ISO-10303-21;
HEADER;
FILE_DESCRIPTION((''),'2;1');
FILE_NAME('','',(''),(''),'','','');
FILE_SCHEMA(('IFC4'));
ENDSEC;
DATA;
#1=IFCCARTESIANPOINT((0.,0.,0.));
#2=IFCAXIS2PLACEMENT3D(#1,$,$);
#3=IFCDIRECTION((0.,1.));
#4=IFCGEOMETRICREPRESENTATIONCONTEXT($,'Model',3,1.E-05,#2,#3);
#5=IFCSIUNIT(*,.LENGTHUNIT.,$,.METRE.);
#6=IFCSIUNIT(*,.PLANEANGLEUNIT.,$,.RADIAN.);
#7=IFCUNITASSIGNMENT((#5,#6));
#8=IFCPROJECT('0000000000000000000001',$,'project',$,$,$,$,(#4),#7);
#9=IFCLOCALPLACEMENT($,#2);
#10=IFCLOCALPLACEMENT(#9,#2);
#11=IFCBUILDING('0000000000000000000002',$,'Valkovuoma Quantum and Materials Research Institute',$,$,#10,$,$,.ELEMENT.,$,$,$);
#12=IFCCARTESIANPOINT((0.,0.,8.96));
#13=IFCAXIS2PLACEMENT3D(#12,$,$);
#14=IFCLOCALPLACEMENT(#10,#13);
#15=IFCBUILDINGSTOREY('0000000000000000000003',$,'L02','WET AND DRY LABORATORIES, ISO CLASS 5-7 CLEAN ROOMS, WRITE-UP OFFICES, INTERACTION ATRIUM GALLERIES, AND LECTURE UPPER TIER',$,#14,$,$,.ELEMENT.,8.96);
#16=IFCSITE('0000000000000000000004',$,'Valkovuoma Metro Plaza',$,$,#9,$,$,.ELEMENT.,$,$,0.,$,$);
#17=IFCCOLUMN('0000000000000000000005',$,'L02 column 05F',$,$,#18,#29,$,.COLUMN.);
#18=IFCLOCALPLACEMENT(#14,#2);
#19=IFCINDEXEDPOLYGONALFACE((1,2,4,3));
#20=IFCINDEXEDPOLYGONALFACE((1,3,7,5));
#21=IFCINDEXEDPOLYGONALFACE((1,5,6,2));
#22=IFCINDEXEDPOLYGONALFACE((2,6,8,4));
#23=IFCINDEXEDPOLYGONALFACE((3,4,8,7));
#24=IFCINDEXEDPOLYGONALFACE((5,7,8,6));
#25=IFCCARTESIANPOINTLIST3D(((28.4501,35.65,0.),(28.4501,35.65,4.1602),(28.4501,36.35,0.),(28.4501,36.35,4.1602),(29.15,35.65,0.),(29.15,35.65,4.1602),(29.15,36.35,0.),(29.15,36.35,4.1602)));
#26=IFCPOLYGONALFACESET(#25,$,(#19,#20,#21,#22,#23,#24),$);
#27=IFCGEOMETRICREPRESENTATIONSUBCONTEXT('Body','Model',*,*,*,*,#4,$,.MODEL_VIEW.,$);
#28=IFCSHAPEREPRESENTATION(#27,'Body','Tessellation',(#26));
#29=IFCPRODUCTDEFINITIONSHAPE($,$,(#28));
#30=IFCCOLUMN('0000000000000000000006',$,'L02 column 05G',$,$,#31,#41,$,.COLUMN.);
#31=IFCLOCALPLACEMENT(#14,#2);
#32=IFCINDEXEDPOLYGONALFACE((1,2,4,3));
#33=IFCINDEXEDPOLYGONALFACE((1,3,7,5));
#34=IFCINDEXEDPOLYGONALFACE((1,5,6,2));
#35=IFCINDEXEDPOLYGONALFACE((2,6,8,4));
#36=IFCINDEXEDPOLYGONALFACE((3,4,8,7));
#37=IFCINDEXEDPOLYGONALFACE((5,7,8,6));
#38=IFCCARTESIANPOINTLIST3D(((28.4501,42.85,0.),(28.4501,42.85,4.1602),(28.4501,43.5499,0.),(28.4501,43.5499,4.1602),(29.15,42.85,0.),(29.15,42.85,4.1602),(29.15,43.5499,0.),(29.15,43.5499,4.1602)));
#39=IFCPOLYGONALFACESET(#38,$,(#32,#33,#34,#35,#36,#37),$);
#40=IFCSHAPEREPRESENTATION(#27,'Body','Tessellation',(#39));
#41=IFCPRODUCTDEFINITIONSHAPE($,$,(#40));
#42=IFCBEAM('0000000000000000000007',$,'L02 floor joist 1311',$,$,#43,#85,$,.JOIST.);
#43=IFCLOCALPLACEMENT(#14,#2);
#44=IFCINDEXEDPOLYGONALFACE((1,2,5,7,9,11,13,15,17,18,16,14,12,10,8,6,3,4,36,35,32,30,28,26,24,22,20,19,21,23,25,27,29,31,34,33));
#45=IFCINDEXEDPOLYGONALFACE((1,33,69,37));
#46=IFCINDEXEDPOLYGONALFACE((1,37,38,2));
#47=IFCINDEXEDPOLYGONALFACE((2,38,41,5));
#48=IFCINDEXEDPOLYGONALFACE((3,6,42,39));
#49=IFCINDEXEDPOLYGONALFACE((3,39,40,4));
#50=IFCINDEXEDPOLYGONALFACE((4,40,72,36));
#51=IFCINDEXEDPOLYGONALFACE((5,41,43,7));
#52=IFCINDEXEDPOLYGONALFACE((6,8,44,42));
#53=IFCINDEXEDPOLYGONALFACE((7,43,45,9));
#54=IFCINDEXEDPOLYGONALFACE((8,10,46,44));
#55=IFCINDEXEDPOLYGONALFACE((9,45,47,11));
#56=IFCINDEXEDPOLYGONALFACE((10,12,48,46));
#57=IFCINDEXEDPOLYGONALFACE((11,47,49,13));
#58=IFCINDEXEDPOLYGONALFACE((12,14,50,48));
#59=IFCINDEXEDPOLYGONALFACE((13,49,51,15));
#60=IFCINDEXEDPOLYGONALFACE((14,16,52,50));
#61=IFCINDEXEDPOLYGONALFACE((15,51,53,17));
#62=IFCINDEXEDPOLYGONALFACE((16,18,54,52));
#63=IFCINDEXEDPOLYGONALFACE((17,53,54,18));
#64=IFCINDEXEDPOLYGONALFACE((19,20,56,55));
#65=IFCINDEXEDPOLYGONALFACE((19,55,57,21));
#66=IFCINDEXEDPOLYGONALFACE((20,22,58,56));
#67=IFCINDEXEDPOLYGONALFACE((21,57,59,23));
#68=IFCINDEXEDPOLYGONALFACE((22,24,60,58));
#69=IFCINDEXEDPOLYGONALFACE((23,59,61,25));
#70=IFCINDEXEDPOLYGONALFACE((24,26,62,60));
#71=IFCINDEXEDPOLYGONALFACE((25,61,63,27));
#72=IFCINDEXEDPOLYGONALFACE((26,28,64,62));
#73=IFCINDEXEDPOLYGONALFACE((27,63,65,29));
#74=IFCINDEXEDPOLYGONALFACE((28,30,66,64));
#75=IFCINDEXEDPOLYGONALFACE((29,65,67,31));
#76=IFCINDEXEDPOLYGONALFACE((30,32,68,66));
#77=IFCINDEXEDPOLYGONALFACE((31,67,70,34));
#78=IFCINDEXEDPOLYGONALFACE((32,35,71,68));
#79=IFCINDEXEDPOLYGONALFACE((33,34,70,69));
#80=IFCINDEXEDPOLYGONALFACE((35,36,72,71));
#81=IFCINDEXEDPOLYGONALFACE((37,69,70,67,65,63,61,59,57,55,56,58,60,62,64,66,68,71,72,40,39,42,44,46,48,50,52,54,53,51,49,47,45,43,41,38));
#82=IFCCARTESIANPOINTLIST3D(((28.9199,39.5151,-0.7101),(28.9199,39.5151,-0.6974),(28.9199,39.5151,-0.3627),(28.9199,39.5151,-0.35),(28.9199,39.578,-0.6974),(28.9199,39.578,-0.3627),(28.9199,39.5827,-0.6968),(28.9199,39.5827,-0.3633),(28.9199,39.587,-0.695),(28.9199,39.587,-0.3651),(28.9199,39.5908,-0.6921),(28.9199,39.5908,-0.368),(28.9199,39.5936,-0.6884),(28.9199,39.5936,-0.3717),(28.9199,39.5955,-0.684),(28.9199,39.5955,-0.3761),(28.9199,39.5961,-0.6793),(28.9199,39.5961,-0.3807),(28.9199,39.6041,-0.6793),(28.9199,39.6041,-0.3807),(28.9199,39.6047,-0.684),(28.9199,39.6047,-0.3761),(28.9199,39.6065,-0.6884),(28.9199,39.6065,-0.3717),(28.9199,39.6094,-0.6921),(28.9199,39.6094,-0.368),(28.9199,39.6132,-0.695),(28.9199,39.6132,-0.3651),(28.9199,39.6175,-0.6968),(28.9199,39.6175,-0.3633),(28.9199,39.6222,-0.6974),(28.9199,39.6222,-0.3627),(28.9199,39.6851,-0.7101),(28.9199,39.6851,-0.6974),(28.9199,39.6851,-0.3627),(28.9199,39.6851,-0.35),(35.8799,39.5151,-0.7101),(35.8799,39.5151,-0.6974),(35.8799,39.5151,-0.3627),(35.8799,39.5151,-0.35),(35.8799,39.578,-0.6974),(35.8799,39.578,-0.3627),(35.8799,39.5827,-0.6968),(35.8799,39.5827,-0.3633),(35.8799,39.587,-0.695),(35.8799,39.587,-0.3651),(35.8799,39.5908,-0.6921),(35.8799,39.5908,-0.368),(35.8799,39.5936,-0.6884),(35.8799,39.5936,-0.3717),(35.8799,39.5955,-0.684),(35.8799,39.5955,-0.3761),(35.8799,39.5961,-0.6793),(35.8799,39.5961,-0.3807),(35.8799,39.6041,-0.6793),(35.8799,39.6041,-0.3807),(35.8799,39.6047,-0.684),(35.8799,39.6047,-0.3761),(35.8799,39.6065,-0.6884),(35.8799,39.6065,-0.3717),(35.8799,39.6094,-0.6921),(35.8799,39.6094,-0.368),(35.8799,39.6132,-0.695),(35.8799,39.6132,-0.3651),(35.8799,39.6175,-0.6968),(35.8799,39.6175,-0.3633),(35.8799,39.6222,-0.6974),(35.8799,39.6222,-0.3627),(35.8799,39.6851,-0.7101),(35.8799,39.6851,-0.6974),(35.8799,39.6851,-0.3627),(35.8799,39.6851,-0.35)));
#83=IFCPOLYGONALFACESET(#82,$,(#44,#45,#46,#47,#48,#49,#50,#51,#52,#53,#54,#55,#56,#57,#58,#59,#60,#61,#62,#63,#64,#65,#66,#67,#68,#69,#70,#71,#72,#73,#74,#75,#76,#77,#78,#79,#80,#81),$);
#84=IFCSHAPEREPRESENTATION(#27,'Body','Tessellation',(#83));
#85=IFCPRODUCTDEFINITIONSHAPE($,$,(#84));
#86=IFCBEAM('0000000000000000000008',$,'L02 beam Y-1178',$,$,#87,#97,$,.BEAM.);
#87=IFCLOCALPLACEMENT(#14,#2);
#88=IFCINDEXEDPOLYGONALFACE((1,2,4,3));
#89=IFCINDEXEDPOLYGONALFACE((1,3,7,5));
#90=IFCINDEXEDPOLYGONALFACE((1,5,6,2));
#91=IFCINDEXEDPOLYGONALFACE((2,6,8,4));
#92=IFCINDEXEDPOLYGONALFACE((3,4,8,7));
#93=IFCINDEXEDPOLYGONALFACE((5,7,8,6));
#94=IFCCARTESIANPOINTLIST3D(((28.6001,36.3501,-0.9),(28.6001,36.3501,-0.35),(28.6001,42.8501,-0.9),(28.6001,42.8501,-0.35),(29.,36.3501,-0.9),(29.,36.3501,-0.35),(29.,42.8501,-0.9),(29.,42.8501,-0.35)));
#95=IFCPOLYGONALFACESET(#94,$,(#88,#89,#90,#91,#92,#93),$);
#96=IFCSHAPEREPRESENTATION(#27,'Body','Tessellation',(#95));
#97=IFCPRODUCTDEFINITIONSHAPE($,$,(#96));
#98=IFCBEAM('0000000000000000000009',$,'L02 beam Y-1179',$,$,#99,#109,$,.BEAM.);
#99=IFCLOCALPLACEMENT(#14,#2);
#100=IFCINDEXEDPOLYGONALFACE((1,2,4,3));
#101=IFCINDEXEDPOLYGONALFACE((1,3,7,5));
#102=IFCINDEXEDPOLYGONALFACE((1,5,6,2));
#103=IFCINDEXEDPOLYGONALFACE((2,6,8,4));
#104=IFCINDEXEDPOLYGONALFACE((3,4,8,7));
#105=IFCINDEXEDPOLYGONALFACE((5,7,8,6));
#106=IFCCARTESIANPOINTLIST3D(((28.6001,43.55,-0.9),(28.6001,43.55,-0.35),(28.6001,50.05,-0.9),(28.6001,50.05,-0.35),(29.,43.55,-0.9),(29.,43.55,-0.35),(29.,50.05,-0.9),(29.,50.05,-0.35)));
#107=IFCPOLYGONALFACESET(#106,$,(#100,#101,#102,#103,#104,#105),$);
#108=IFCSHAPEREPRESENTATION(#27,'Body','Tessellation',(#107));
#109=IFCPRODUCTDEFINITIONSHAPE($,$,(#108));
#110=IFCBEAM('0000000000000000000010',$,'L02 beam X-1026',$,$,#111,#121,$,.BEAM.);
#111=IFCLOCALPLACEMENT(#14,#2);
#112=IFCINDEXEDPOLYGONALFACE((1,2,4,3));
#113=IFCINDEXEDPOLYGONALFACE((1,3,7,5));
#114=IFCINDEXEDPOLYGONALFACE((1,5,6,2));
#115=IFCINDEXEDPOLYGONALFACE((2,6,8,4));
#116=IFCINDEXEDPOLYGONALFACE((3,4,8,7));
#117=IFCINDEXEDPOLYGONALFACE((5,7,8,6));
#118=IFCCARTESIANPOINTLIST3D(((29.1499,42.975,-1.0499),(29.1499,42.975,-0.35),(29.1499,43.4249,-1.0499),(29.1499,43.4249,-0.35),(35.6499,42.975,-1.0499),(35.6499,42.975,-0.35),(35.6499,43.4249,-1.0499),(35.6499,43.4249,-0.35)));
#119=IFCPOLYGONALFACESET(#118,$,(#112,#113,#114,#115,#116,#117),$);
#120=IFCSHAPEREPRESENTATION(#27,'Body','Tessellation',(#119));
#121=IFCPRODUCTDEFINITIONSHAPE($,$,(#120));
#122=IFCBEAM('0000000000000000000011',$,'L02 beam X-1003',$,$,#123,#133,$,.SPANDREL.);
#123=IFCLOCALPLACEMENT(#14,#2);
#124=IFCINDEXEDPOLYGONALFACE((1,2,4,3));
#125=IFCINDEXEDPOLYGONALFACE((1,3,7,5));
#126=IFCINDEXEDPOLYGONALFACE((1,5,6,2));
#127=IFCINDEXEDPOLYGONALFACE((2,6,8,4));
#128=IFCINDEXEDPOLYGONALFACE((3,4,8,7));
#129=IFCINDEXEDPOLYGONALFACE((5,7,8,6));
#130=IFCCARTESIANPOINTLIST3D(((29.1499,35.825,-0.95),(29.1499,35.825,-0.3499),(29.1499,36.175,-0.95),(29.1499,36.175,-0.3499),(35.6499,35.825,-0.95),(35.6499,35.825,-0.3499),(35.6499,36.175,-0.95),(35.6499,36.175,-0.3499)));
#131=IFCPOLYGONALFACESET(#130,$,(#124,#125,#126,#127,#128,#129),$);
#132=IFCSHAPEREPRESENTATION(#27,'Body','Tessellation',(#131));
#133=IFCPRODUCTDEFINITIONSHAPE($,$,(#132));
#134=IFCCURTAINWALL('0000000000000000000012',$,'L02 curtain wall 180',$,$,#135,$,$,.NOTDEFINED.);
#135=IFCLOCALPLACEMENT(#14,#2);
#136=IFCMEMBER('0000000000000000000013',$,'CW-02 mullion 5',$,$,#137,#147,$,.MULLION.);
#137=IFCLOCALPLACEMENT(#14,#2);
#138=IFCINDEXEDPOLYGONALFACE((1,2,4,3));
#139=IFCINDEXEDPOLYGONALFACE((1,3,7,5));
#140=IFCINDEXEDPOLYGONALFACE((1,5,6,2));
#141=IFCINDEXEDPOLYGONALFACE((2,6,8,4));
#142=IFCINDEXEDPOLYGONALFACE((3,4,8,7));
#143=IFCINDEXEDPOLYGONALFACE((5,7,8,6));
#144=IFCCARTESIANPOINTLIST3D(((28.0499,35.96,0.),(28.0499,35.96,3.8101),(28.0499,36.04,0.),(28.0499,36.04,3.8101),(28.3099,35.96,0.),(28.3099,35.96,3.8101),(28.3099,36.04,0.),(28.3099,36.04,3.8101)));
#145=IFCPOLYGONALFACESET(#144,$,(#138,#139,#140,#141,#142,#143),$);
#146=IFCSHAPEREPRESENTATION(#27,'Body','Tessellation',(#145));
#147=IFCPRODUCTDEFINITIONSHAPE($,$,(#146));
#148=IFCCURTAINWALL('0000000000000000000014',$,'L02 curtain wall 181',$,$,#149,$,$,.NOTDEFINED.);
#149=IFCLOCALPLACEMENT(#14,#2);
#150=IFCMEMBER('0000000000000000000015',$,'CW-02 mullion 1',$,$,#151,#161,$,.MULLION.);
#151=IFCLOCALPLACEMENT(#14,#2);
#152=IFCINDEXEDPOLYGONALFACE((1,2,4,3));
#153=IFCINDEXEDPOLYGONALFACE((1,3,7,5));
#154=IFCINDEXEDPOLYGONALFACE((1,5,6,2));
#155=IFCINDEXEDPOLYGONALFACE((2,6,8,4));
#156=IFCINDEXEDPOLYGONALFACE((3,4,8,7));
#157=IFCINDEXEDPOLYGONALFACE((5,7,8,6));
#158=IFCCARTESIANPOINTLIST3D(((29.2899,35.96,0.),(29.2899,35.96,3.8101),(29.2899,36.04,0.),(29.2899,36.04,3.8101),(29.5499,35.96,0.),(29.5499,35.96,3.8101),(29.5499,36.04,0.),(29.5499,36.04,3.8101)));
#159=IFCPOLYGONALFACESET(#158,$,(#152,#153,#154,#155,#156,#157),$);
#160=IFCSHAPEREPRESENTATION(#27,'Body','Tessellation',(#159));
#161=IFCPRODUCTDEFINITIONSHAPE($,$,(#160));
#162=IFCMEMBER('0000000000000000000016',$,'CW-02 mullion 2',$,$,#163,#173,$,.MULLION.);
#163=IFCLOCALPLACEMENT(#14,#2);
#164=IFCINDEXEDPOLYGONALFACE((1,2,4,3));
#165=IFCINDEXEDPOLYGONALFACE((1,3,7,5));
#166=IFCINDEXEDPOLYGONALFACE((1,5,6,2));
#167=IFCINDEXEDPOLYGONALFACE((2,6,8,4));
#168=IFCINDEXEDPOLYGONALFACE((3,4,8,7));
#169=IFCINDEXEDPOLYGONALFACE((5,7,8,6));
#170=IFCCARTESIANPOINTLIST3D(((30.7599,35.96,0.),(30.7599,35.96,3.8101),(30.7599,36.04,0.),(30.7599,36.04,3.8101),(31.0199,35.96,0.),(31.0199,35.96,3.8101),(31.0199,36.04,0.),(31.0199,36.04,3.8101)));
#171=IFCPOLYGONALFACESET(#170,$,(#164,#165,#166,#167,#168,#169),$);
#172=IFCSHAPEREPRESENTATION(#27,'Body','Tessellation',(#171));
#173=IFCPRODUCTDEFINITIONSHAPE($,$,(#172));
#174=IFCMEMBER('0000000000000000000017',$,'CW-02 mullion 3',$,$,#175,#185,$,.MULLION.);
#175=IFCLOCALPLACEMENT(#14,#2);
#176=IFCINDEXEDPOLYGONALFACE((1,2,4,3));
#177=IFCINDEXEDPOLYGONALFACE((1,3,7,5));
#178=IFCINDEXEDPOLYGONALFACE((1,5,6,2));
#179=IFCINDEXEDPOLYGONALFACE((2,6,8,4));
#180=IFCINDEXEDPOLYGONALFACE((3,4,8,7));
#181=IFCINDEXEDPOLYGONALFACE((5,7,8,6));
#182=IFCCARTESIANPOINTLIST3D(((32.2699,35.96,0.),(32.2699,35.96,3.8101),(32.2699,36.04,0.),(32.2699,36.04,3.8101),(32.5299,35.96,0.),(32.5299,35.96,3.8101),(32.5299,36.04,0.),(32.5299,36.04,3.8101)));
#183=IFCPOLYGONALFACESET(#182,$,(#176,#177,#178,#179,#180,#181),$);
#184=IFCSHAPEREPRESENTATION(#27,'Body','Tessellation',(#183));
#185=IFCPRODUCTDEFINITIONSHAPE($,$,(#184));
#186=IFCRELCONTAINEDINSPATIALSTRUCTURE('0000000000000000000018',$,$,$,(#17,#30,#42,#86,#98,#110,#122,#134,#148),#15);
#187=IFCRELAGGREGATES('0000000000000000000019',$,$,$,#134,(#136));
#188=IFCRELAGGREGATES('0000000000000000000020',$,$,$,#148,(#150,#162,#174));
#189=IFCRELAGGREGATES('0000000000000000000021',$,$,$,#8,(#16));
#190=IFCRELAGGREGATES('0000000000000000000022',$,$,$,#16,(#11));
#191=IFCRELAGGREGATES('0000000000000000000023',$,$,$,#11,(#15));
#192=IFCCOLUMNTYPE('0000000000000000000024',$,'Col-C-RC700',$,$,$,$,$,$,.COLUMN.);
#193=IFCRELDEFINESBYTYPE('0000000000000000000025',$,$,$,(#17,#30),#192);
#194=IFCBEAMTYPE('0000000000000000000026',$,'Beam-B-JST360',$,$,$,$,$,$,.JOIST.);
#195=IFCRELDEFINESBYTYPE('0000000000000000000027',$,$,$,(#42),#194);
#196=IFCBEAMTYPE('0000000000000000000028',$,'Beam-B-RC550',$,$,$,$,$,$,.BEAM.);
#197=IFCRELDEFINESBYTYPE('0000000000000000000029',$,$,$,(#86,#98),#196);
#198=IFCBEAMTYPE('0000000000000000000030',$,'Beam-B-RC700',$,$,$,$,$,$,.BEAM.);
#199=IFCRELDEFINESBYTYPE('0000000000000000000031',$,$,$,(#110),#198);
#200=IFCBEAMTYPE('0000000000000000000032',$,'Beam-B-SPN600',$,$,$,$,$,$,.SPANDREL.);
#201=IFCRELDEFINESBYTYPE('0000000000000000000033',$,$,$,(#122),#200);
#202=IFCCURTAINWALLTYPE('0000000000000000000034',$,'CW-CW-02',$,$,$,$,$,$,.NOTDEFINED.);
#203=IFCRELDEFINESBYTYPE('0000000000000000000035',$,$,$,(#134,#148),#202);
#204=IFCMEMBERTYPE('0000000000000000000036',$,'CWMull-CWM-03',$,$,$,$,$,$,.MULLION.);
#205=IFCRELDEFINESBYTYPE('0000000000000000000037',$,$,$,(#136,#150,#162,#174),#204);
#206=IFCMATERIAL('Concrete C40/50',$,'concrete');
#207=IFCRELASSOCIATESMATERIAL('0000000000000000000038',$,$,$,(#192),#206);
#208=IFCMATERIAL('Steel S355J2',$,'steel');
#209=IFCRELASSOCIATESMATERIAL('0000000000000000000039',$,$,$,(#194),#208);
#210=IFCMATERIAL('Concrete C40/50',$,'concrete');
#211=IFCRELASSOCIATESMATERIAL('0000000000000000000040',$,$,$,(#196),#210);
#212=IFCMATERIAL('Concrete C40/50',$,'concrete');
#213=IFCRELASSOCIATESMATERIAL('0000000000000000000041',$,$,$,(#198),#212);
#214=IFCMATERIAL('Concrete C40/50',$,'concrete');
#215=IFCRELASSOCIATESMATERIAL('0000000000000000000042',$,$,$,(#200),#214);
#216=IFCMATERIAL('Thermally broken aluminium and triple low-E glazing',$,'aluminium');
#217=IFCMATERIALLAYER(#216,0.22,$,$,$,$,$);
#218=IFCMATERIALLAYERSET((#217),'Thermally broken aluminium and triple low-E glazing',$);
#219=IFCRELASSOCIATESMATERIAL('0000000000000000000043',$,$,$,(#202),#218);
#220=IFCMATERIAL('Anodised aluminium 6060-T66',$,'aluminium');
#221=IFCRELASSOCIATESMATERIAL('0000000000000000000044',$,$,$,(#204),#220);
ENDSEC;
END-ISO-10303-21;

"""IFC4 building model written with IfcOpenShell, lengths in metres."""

from ifc_helpers import new_model, si_unit, direction, frame, origin, origin_2d, place, context, subcontext, project, spatial, rectangle, i_section, extrude, material, layer, layer_set, material_profile, profile_set, type_object, element, aggregate, save


model = new_model("IFC4")

# Units and contexts
model_context = context("Model", 3, precision=1e-05, world=origin(), true_north=direction((0.0, 1.0)))
body_context = subcontext(model_context, "Body", "Model", "MODEL_VIEW")
ifc_project = project(units=[si_unit("LENGTHUNIT", "METRE"), si_unit("PLANEANGLEUNIT", "RADIAN")], contexts=[model_context])

# Site, building, storey
site_placement = place(None, origin())
site = spatial("IfcSite", under=ifc_project, at=site_placement, Name="Valkovuoma Metro Plaza", CompositionType="ELEMENT", RefElevation=0.0)
building_placement = place(site_placement, origin())
building = spatial("IfcBuilding", under=site, at=building_placement, Name="Valkovuoma Quantum and Materials Research Institute", CompositionType="ELEMENT")
storey_placement = place(building_placement, frame((0.0, 0.0, 8.96)))
storey = spatial("IfcBuildingStorey", under=building, at=storey_placement, Name="L02", Description="WET AND DRY LABORATORIES, ISO CLASS 5-7 CLEAN ROOMS, WRITE-UP OFFICES, INTERACTION ATRIUM GALLERIES, AND LECTURE UPPER TIER", CompositionType="ELEMENT", Elevation=8.96)

# Columns
ifc_material_1 = material(Name="Concrete C40/50", Category="concrete")
ifc_material_profile_1 = material_profile(ifc_material_1, rectangle(XDim=0.7, YDim=0.7, at=origin_2d()), Name="Concrete C40/50")
ifc_profile_set_1 = profile_set([ifc_material_profile_1], Name="Concrete C40/50")
column_type = type_object("IfcColumnType", Name="Col-C-RC700", PredefinedType="COLUMN", material=ifc_profile_set_1)
for number, where, z_axis, x_axis, name in (
    (1, (28.8, 36.0, 0.0), (0.0, 0.0, 1.0), (1.0, 0.0, 0.0), "L02 column 05F"),
    (2, (28.8, 43.2, 0.0), (0.0, 0.0, 1.0), (1.0, 0.0, 0.0), "L02 column 05G"),
):
    element("IfcColumn", number, at=place(storey_placement, frame(where, z_axis=z_axis, x_axis=x_axis)), inside=storey, type_object=column_type, Name=name, PredefinedType="COLUMN", context=body_context, shape_type="SweptSolid", body=[
        extrude(rectangle(XDim=0.7, YDim=0.7, at=origin_2d()), origin(), (0.0, 0.0, 1.0), 4.1602),
    ])

# Beams
ifc_material_2 = material(Name="Steel S355J2", Category="steel")
ifc_material_profile_2 = material_profile(ifc_material_2, i_section(OverallWidth=0.1699, OverallDepth=0.3601, WebThickness=0.0081, FlangeThickness=0.0127, FilletRadius=0.0181, at=origin_2d()), Name="Steel S355J2")
ifc_profile_set_2 = profile_set([ifc_material_profile_2], Name="Steel S355J2")
beam_type_1 = type_object("IfcBeamType", Name="Beam-B-JST360", PredefinedType="JOIST", material=ifc_profile_set_2)
beam_1_placement = place(storey_placement, frame((28.9199, 39.6001, -0.53), z_axis=(1.0, 0.0, 0.0), x_axis=(0.0, 1.0, 0.0)))
element("IfcBeam", 3, at=beam_1_placement, inside=storey, type_object=beam_type_1, Name="L02 floor joist 1311", PredefinedType="JOIST", context=body_context, shape_type="SweptSolid", body=[
    extrude(i_section(OverallWidth=0.1699, OverallDepth=0.3601, WebThickness=0.0081, FlangeThickness=0.0127, FilletRadius=0.0181, at=origin_2d()), origin(), (0.0, 0.0, 1.0), 6.96),
])
ifc_material_3 = material(Name="Concrete C40/50", Category="concrete")
ifc_material_profile_3 = material_profile(ifc_material_3, rectangle(XDim=0.3999, YDim=0.55, at=origin_2d()), Name="Concrete C40/50")
ifc_profile_set_3 = profile_set([ifc_material_profile_3], Name="Concrete C40/50")
beam_type_2 = type_object("IfcBeamType", Name="Beam-B-RC550", PredefinedType="BEAM", material=ifc_profile_set_3)
for number, where, z_axis, x_axis, name in (
    (4, (28.8, 36.3501, -0.625), (0.0, 1.0, 0.0), (-1.0, 0.0, 0.0), "L02 beam Y-1178"),
    (5, (28.8, 43.55, -0.625), (0.0, 1.0, 0.0), (-1.0, 0.0, 0.0), "L02 beam Y-1179"),
):
    element("IfcBeam", number, at=place(storey_placement, frame(where, z_axis=z_axis, x_axis=x_axis)), inside=storey, type_object=beam_type_2, Name=name, PredefinedType="BEAM", context=body_context, shape_type="SweptSolid", body=[
        extrude(rectangle(XDim=0.3999, YDim=0.55, at=origin_2d()), origin(), (0.0, 0.0, 1.0), 6.5),
    ])
ifc_material_4 = material(Name="Concrete C40/50", Category="concrete")
ifc_material_profile_4 = material_profile(ifc_material_4, rectangle(XDim=0.45, YDim=0.7, at=origin_2d()), Name="Concrete C40/50")
ifc_profile_set_4 = profile_set([ifc_material_profile_4], Name="Concrete C40/50")
beam_type_3 = type_object("IfcBeamType", Name="Beam-B-RC700", PredefinedType="BEAM", material=ifc_profile_set_4)
beam_2_placement = place(storey_placement, frame((29.1499, 43.2, -0.7), z_axis=(1.0, 0.0, 0.0), x_axis=(0.0, 1.0, 0.0)))
element("IfcBeam", 6, at=beam_2_placement, inside=storey, type_object=beam_type_3, Name="L02 beam X-1026", PredefinedType="BEAM", context=body_context, shape_type="SweptSolid", body=[
    extrude(rectangle(XDim=0.45, YDim=0.7, at=origin_2d()), origin(), (0.0, 0.0, 1.0), 6.5),
])
ifc_material_5 = material(Name="Concrete C40/50", Category="concrete")
ifc_material_profile_5 = material_profile(ifc_material_5, rectangle(XDim=0.3501, YDim=0.6001, at=origin_2d()), Name="Concrete C40/50")
ifc_profile_set_5 = profile_set([ifc_material_profile_5], Name="Concrete C40/50")
beam_type_4 = type_object("IfcBeamType", Name="Beam-B-SPN600", PredefinedType="SPANDREL", material=ifc_profile_set_5)
beam_3_placement = place(storey_placement, frame((29.1499, 36.0, -0.6499), z_axis=(1.0, 0.0, 0.0), x_axis=(0.0, 1.0, 0.0)))
element("IfcBeam", 7, at=beam_3_placement, inside=storey, type_object=beam_type_4, Name="L02 beam X-1003", PredefinedType="SPANDREL", context=body_context, shape_type="SweptSolid", body=[
    extrude(rectangle(XDim=0.3501, YDim=0.6001, at=origin_2d()), origin(), (0.0, 0.0, 1.0), 6.5),
])

# Curtain wall, member
ifc_material_6 = material(Name="Thermally broken aluminium and triple low-E glazing", Category="aluminium")
ifc_layer_1 = layer(ifc_material_6, 0.22)
ifc_layer_set_1 = layer_set([ifc_layer_1], Name="Thermally broken aluminium and triple low-E glazing")
curtain_wall_type = type_object("IfcCurtainWallType", Name="CW-CW-02", PredefinedType="NOTDEFINED", material=ifc_layer_set_1)
curtain_wall_1_placement = place(storey_placement, origin())
curtain_wall_1 = element("IfcCurtainWall", 8, at=curtain_wall_1_placement, inside=storey, type_object=curtain_wall_type, Name="L02 curtain wall 180", PredefinedType="NOTDEFINED")
ifc_material_7 = material(Name="Anodised aluminium 6060-T66", Category="aluminium")
ifc_material_profile_6 = material_profile(ifc_material_7, rectangle(XDim=0.0801, YDim=0.26, at=origin_2d()), Name="Anodised aluminium 6060-T66")
ifc_profile_set_6 = profile_set([ifc_material_profile_6], Name="Anodised aluminium 6060-T66")
member_type_1 = type_object("IfcMemberType", Name="CWMull-CWM-03", PredefinedType="MULLION", material=ifc_profile_set_6)
member_1_placement = place(storey_placement, frame((28.1799, 36.0, 0.0), z_axis=(0.0, 0.0, 1.0), x_axis=(0.0, 1.0, 0.0)))
member_1 = element("IfcMember", 9, at=member_1_placement, type_object=member_type_1, Name="CW-02 mullion 5", PredefinedType="MULLION", context=body_context, shape_type="SweptSolid", body=[
    extrude(rectangle(XDim=0.0801, YDim=0.26, at=origin_2d()), origin(), (0.0, 0.0, 1.0), 3.8101),
])

# Curtain wall, members
curtain_wall_2_placement = place(storey_placement, origin())
curtain_wall_2 = element("IfcCurtainWall", 10, at=curtain_wall_2_placement, inside=storey, type_object=curtain_wall_type, Name="L02 curtain wall 181", PredefinedType="NOTDEFINED")
member_2_placement = place(storey_placement, frame((29.4199, 36.0, 0.0), z_axis=(0.0, 0.0, 1.0), x_axis=(0.0, 1.0, 0.0)))
member_2 = element("IfcMember", 11, at=member_2_placement, type_object=member_type_1, Name="CW-02 mullion 1", PredefinedType="MULLION", context=body_context, shape_type="SweptSolid", body=[
    extrude(rectangle(XDim=0.0801, YDim=0.26, at=origin_2d()), origin(), (0.0, 0.0, 1.0), 3.8101),
])
member_3_placement = place(storey_placement, frame((30.8899, 36.0, 0.0), z_axis=(0.0, 0.0, 1.0), x_axis=(0.0, 1.0, 0.0)))
member_3 = element("IfcMember", 12, at=member_3_placement, type_object=member_type_1, Name="CW-02 mullion 2", PredefinedType="MULLION", context=body_context, shape_type="SweptSolid", body=[
    extrude(rectangle(XDim=0.0801, YDim=0.26, at=origin_2d()), origin(), (0.0, 0.0, 1.0), 3.8101),
])
member_4_placement = place(storey_placement, frame((32.3999, 36.0, 0.0), z_axis=(0.0, 0.0, 1.0), x_axis=(0.0, 1.0, 0.0)))
member_4 = element("IfcMember", 13, at=member_4_placement, type_object=member_type_1, Name="CW-02 mullion 3", PredefinedType="MULLION", context=body_context, shape_type="SweptSolid", body=[
    extrude(rectangle(XDim=0.0801, YDim=0.26, at=origin_2d()), origin(), (0.0, 0.0, 1.0), 3.8101),
])

aggregate(curtain_wall_1, [member_1])
aggregate(curtain_wall_2, [member_2, member_3, member_4])

save(model, "model.ifc")
